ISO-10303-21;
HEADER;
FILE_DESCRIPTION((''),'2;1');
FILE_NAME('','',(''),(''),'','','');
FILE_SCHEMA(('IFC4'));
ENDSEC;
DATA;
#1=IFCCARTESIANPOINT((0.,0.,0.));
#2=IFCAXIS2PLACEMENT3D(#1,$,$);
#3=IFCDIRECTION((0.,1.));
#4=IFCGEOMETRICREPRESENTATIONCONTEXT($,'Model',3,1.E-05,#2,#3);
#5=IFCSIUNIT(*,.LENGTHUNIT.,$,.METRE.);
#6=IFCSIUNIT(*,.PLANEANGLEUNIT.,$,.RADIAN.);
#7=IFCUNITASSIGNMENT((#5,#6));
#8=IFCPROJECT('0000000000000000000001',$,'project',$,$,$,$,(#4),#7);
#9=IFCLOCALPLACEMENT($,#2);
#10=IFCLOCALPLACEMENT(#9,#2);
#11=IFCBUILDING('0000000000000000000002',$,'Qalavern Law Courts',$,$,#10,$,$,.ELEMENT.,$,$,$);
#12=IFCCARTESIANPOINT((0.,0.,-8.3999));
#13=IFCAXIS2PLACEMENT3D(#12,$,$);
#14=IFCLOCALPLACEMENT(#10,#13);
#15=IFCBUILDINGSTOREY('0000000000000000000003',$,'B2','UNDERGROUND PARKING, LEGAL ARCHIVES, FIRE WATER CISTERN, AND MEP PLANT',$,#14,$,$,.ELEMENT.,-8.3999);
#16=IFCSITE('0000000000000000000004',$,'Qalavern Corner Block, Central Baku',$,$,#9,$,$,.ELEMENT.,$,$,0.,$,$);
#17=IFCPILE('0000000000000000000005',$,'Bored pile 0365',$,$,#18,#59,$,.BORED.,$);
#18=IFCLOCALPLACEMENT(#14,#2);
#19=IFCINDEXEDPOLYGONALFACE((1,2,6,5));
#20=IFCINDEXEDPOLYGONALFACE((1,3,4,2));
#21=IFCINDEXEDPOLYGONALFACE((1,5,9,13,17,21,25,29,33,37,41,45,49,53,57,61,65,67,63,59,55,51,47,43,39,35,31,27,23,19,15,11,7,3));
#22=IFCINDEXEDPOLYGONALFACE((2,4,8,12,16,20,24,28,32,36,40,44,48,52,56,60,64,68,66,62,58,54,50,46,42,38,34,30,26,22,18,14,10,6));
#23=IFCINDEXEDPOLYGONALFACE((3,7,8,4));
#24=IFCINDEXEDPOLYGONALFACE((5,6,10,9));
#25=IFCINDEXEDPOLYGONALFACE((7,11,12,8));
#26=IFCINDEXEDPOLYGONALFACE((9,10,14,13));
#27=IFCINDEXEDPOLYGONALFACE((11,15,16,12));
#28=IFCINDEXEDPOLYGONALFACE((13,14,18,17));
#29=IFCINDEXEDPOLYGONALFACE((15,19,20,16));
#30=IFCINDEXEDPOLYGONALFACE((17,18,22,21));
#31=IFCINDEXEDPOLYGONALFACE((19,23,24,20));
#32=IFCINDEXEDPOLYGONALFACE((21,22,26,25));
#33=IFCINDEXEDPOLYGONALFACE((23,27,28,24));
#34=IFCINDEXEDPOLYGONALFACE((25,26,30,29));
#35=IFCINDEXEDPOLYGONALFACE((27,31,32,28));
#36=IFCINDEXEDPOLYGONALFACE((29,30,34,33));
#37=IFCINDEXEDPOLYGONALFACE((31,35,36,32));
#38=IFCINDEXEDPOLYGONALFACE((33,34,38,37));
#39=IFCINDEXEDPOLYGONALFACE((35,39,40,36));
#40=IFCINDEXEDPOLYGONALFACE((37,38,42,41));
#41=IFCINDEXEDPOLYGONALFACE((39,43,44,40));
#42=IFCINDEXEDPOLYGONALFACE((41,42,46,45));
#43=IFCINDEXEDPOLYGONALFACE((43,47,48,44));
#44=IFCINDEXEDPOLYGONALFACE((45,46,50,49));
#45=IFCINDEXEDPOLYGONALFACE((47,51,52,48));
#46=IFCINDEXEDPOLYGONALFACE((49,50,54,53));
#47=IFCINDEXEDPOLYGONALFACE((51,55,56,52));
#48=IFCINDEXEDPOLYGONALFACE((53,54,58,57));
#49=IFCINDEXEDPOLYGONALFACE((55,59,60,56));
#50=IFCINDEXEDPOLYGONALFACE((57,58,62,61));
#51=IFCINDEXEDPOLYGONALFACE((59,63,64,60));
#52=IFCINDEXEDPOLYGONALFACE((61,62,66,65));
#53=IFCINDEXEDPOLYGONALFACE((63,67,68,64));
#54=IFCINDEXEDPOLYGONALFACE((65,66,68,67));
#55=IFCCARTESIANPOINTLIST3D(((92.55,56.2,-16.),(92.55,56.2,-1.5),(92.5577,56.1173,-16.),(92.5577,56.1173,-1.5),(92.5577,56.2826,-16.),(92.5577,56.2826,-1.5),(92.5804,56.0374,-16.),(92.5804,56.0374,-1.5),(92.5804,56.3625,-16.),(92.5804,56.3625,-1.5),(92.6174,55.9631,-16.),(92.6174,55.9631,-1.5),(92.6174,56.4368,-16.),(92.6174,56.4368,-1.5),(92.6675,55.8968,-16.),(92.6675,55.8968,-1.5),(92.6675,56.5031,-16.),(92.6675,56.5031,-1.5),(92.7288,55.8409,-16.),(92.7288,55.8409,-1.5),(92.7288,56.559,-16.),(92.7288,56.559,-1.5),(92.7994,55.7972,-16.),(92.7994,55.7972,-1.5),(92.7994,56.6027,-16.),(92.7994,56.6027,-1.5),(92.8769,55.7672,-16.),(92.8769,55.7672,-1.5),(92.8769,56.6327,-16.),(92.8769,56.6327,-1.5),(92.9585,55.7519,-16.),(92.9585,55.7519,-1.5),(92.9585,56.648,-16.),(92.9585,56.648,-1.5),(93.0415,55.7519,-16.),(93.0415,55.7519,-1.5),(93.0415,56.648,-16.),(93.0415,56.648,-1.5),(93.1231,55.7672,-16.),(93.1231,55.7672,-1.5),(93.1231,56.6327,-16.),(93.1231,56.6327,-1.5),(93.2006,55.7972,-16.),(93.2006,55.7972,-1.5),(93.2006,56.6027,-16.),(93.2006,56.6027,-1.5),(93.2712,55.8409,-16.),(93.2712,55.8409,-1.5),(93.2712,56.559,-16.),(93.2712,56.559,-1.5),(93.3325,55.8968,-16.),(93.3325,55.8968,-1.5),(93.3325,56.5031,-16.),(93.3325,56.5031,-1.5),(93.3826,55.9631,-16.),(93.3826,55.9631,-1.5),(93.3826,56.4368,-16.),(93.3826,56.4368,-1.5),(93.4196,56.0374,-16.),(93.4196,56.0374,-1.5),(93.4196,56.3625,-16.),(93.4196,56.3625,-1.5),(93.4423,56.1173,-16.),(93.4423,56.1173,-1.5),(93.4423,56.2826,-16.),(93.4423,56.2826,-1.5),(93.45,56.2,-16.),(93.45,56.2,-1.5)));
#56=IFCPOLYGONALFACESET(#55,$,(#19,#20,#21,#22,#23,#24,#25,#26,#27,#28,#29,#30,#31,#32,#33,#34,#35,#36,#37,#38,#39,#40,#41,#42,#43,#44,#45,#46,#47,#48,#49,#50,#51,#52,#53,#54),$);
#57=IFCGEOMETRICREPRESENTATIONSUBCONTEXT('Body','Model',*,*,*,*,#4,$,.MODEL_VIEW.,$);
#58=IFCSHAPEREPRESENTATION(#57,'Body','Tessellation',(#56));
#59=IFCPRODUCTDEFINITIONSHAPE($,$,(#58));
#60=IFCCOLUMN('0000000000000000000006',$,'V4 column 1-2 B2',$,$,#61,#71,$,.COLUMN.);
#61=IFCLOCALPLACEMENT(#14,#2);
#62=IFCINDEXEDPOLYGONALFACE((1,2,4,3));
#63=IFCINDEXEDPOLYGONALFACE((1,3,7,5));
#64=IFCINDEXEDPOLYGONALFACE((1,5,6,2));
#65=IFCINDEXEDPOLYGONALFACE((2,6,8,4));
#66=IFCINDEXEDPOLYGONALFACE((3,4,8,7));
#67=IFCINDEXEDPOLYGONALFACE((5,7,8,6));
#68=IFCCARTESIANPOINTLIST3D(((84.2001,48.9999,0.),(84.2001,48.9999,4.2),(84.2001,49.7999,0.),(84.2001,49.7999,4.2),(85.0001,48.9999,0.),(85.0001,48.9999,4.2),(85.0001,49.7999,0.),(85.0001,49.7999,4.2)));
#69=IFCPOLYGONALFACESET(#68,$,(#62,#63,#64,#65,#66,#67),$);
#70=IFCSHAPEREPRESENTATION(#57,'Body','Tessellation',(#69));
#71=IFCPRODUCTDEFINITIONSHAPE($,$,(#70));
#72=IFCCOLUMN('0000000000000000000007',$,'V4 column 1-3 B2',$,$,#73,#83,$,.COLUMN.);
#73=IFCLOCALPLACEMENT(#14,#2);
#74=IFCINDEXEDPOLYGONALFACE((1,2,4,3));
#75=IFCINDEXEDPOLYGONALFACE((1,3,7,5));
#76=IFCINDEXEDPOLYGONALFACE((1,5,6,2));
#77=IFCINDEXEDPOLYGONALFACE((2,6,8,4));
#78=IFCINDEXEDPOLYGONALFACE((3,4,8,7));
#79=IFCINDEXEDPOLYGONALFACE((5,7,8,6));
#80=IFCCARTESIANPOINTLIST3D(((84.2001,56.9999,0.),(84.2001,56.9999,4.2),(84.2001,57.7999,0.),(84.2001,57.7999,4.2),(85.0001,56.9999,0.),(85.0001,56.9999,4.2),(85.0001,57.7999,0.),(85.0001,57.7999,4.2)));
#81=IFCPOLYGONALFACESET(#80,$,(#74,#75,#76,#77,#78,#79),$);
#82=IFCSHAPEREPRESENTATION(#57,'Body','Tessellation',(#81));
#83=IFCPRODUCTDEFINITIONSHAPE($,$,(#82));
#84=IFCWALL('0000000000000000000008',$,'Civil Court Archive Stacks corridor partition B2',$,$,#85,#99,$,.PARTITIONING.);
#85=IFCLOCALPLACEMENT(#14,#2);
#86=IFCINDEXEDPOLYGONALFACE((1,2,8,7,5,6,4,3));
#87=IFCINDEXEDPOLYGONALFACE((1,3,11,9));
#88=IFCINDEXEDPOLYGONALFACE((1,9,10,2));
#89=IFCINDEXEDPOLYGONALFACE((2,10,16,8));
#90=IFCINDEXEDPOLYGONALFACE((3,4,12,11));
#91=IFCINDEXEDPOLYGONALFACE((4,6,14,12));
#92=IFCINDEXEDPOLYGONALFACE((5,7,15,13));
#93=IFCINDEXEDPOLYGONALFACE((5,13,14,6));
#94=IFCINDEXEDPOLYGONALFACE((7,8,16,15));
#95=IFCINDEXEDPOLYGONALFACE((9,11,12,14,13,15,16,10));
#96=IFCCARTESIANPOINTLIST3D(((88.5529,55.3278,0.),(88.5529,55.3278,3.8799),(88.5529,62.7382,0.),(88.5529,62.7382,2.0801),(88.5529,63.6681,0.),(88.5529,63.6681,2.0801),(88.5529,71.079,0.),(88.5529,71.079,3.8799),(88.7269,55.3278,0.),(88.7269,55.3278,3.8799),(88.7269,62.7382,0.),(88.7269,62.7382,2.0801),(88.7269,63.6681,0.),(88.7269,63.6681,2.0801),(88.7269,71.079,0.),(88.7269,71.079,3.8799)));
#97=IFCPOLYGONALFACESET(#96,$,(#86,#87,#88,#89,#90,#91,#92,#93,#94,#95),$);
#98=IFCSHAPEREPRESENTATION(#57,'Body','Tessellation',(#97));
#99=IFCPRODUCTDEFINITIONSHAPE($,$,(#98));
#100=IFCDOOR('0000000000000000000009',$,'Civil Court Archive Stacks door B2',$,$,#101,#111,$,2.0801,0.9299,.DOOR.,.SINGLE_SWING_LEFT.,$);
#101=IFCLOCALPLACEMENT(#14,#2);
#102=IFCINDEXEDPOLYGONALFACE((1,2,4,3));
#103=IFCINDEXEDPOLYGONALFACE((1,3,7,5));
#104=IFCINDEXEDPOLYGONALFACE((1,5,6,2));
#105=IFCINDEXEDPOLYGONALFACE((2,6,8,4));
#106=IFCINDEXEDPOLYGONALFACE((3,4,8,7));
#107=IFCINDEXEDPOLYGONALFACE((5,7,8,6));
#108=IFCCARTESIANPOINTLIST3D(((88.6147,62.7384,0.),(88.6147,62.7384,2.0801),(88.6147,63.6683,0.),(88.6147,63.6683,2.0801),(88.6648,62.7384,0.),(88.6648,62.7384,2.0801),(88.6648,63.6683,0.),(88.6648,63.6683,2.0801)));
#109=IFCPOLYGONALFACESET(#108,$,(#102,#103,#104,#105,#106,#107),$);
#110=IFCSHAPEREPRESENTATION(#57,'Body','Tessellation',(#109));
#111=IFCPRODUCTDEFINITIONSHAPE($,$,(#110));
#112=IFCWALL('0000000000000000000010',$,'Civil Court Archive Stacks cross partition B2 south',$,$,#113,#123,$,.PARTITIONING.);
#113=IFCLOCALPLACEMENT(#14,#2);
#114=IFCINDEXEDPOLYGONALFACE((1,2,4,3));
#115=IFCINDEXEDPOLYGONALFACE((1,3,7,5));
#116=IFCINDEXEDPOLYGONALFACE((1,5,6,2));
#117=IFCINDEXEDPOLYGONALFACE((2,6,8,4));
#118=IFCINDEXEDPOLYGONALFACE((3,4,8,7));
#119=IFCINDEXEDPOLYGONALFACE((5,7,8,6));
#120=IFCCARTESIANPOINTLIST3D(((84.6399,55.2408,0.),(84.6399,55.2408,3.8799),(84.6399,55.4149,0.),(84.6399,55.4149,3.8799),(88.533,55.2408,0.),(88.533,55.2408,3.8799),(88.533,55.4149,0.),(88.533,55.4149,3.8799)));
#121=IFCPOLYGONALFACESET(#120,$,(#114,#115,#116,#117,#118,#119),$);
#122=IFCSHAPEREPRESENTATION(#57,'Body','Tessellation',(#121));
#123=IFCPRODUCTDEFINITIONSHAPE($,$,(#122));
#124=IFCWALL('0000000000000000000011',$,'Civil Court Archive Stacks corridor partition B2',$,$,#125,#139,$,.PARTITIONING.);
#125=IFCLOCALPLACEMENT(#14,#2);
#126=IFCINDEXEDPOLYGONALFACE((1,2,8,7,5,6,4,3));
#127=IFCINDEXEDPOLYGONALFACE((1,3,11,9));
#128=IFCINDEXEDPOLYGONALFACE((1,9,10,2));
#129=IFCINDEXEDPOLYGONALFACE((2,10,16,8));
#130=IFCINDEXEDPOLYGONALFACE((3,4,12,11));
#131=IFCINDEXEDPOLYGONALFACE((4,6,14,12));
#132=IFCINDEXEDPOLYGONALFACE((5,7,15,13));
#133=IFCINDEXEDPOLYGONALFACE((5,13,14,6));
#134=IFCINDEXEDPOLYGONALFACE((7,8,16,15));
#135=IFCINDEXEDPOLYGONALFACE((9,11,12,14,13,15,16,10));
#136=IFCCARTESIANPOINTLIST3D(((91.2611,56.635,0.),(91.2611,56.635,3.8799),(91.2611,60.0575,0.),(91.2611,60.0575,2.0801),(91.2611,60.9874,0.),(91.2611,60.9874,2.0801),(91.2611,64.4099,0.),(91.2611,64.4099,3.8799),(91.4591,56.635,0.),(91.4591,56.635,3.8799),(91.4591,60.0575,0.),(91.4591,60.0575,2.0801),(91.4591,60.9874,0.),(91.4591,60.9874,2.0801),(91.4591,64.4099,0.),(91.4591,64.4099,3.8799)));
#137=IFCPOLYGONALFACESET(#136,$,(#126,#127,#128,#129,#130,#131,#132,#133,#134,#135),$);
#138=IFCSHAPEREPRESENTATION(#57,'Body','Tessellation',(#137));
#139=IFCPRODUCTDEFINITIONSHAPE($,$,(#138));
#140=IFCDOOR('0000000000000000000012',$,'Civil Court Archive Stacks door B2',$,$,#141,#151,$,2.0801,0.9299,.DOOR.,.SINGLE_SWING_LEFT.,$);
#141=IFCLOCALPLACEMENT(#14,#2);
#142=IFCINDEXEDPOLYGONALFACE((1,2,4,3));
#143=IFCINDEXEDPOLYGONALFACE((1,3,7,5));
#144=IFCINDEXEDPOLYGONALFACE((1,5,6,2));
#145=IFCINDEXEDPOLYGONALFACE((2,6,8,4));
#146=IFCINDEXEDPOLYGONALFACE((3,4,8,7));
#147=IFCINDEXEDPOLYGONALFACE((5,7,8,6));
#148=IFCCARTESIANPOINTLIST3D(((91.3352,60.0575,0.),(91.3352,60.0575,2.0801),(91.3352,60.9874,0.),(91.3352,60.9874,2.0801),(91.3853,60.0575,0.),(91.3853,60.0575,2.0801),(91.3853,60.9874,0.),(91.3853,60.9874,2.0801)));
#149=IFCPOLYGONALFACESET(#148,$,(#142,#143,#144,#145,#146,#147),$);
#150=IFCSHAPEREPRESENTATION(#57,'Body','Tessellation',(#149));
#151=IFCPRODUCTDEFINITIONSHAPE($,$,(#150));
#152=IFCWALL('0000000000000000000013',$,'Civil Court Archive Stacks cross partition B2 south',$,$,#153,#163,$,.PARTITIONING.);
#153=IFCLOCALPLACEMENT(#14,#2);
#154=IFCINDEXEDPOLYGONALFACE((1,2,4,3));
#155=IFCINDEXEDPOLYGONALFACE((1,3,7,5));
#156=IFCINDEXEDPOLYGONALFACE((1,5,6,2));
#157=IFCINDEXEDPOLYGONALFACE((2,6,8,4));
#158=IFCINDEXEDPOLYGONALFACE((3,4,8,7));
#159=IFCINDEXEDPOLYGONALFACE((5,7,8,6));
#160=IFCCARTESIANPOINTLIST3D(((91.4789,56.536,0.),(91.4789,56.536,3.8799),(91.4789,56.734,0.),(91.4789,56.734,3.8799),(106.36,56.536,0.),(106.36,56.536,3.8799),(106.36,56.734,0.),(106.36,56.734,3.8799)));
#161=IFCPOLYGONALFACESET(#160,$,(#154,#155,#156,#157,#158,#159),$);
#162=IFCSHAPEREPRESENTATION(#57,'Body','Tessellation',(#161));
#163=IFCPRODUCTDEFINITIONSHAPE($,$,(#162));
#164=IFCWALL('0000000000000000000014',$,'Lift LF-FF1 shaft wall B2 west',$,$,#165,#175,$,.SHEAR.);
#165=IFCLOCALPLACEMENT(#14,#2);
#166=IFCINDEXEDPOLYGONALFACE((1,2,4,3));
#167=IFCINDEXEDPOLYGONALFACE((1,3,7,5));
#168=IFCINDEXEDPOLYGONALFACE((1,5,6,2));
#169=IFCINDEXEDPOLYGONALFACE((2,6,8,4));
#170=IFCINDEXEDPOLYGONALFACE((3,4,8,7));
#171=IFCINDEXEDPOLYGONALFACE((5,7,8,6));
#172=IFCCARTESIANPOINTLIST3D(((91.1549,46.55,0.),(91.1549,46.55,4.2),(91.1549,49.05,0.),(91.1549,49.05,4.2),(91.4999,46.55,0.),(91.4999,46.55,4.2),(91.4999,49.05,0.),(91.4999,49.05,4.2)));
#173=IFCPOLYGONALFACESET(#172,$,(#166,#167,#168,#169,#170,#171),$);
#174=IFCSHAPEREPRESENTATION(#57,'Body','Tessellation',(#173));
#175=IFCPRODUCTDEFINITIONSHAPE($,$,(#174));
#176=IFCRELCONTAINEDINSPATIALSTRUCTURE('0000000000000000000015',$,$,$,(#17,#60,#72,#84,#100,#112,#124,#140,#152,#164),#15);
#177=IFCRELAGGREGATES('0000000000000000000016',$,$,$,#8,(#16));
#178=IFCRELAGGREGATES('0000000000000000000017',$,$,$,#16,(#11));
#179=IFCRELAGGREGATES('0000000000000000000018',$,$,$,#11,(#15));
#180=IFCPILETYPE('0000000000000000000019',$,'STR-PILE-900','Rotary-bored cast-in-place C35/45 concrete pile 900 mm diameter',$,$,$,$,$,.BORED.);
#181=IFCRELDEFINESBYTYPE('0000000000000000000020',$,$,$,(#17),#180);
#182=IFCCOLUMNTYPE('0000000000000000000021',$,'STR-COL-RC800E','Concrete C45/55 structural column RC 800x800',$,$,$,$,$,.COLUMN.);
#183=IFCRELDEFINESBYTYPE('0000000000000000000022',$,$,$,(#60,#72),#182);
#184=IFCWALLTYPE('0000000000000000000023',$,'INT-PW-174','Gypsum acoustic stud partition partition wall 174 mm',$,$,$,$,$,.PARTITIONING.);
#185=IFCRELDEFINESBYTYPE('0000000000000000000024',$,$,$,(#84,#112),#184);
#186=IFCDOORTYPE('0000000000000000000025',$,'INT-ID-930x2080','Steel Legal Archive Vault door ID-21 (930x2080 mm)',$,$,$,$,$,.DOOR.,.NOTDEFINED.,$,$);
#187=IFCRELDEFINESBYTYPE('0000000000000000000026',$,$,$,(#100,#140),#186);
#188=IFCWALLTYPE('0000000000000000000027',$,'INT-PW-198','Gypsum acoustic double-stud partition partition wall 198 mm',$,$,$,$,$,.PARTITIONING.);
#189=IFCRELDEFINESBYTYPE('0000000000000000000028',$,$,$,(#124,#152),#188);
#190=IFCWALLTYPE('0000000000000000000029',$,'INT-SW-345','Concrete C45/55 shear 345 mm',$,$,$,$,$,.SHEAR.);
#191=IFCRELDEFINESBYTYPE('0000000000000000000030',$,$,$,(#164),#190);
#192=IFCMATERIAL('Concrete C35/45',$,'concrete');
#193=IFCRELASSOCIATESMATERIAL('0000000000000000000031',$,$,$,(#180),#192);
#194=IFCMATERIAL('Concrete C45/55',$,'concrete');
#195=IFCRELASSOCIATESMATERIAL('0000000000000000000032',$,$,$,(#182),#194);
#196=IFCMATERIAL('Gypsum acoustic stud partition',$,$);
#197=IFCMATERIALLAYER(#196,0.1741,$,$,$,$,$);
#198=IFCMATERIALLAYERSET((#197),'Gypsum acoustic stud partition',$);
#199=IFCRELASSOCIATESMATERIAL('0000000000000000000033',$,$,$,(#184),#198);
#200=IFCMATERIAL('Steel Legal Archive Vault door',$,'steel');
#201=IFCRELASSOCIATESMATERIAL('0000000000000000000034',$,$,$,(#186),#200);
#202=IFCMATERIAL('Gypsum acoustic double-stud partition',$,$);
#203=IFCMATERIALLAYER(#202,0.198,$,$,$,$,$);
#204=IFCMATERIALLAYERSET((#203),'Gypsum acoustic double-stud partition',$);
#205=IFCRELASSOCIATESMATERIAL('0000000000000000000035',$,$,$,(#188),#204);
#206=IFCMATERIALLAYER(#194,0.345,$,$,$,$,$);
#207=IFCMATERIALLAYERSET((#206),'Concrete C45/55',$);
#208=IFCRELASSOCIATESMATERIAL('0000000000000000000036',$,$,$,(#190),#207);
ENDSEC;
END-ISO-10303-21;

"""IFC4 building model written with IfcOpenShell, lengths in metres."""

from ifc_helpers import new_model, si_unit, direction, frame, frame_2d, origin, origin_2d, place, context, subcontext, project, spatial, rectangle, circle, extrude, material, layer, layer_set, material_profile, profile_set, type_object, element, fill, save


model = new_model("IFC4")

# Units and contexts
model_context = context("Model", 3, precision=1e-05, world=origin(), true_north=direction((0.0, 1.0)))
body_context = subcontext(model_context, "Body", "Model", "MODEL_VIEW")
ifc_project = project(units=[si_unit("LENGTHUNIT", "METRE"), si_unit("PLANEANGLEUNIT", "RADIAN")], contexts=[model_context])

# Site, building, storey
site_placement = place(None, origin())
site = spatial("IfcSite", under=ifc_project, at=site_placement, Name="Qalavern Corner Block, Central Baku", CompositionType="ELEMENT", RefElevation=0.0)
building_placement = place(site_placement, origin())
building = spatial("IfcBuilding", under=site, at=building_placement, Name="Qalavern Law Courts", CompositionType="ELEMENT")
storey_placement = place(building_placement, frame((0.0, 0.0, -8.3999)))
storey = spatial("IfcBuildingStorey", under=building, at=storey_placement, Name="B2", Description="UNDERGROUND PARKING, LEGAL ARCHIVES, FIRE WATER CISTERN, AND MEP PLANT", CompositionType="ELEMENT", Elevation=-8.3999)

# Shared definitions
ifc_material_1 = material(Name="Concrete C35/45", Category="concrete")

# Pile
ifc_material_profile_1 = material_profile(ifc_material_1, circle(Radius=0.45, at=origin_2d()), Name="BORED PILE 900")
ifc_profile_set_1 = profile_set([ifc_material_profile_1], Name="Concrete C35/45")
pile_type_1 = type_object("IfcPileType", Name="STR-PILE-900", Description="Rotary-bored cast-in-place C35/45 concrete pile 900 mm diameter", PredefinedType="BORED", material=ifc_profile_set_1)
for number, where, z_axis, x_axis, name in (
    (1, (93.0, 56.2, -1.5), (0.0, 0.0, -1.0), (1.0, 0.0, 0.0), "Bored pile 0365"),
):
    element("IfcPile", number, at=place(storey_placement, frame(where, z_axis=z_axis, x_axis=x_axis)), inside=storey, type_object=pile_type_1, Name=name, PredefinedType="BORED", context=body_context, shape_type="SweptSolid", body=[
        extrude(circle(Radius=0.45, at=origin_2d()), origin(), (0.0, 0.0, 1.0), 14.5),
    ])

# Columns
ifc_material_2 = material(Name="Concrete C45/55", Category="concrete")
ifc_material_profile_2 = material_profile(ifc_material_2, rectangle(XDim=0.8, YDim=0.8, at=origin_2d()), Name="RC 800x800")
ifc_profile_set_2 = profile_set([ifc_material_profile_2], Name="Concrete C45/55")
column_type = type_object("IfcColumnType", Name="STR-COL-RC800E", Description="Concrete C45/55 structural column RC 800x800", PredefinedType="COLUMN", material=ifc_profile_set_2)
for number, where, z_axis, x_axis, name in (
    (2, (84.6001, 49.3999, 0.0), (0.0, 0.0, 1.0), (1.0, 0.0, 0.0), "V4 column 1-2 B2"),
    (3, (84.6001, 57.3999, 0.0), (0.0, 0.0, 1.0), (1.0, 0.0, 0.0), "V4 column 1-3 B2"),
):
    element("IfcColumn", number, at=place(storey_placement, frame(where, z_axis=z_axis, x_axis=x_axis)), inside=storey, type_object=column_type, Name=name, PredefinedType="COLUMN", context=body_context, shape_type="SweptSolid", body=[
        extrude(rectangle(XDim=0.8, YDim=0.8, at=origin_2d()), origin(), (0.0, 0.0, 1.0), 4.2),
    ])

# Wall, opening, door
ifc_material_3 = material(Name="Gypsum acoustic stud partition")
ifc_layer_1 = layer(ifc_material_3, 0.1741)
ifc_layer_set_1 = layer_set([ifc_layer_1], Name="Gypsum acoustic stud partition")
wall_type_1 = type_object("IfcWallType", Name="INT-PW-174", Description="Gypsum acoustic stud partition partition wall 174 mm", PredefinedType="PARTITIONING", material=ifc_layer_set_1)
wall_1_placement = place(storey_placement, frame((88.6399, 55.3279, 0.0), z_axis=(0.0, 0.0, 1.0), x_axis=(0.0, 1.0, 0.0)))
wall_1 = element("IfcWall", 4, at=wall_1_placement, inside=storey, type_object=wall_type_1, Name="Civil Court Archive Stacks corridor partition B2", PredefinedType="PARTITIONING", context=body_context, shape_type="SweptSolid", body=[
    extrude(rectangle(XDim=15.7512, YDim=0.1741, at=frame_2d((7.8755, 0.0))), origin(), (0.0, 0.0, 1.0), 3.8799),
])
opening_1_placement = place(wall_1_placement, frame((7.4104, 0.0, 0.0)))
opening_1 = element("IfcOpeningElement", 5, at=opening_1_placement, cuts=wall_1, PredefinedType="OPENING", context=body_context, shape_type="SweptSolid", body=[
    extrude(rectangle(XDim=0.9299, YDim=2.0801, at=frame_2d((0.4648, 1.04))), frame((0.0, 0.1021, 0.0), z_axis=(0.0, -1.0, 0.0), x_axis=(1.0, 0.0, 0.0)), (0.0, 0.0, 1.0), 0.2039),
])
ifc_material_4 = material(Name="Steel Legal Archive Vault door", Category="steel")
door_type = type_object("IfcDoorType", Name="INT-ID-930x2080", Description="Steel Legal Archive Vault door ID-21 (930x2080 mm)", OperationType="NOTDEFINED", PredefinedType="DOOR", material=ifc_material_4)
door_1_placement = place(opening_1_placement, frame((0.9299, 0.0, 0.0), z_axis=(0.0, 0.0, 1.0), x_axis=(-1.0, 0.0, 0.0)))
door_1 = element("IfcDoor", 6, at=door_1_placement, inside=storey, type_object=door_type, Name="Civil Court Archive Stacks door B2", OperationType="SINGLE_SWING_LEFT", OverallHeight=2.0801, OverallWidth=0.9299, PredefinedType="DOOR", context=body_context, shape_type="SweptSolid", body=[
    extrude(rectangle(XDim=0.9299, YDim=2.0801, at=frame_2d((0.4648, 1.04))), frame((0.0, 0.0249, 0.0), z_axis=(0.0, -1.0, 0.0), x_axis=(1.0, 0.0, 0.0)), (0.0, 0.0, 1.0), 0.05),
])
fill(opening_1, door_1)

# Wall
wall_2_placement = place(storey_placement, frame((84.6399, 55.3279, 0.0), z_axis=(0.0, 0.0, 1.0), x_axis=(1.0, 0.0, 0.0)))
element("IfcWall", 7, at=wall_2_placement, inside=storey, type_object=wall_type_1, Name="Civil Court Archive Stacks cross partition B2 south", PredefinedType="PARTITIONING", context=body_context, shape_type="SweptSolid", body=[
    extrude(rectangle(XDim=3.8931, YDim=0.1741, at=frame_2d((1.9465, 0.0))), origin(), (0.0, 0.0, 1.0), 3.8799),
])

# Wall, opening, door
ifc_material_5 = material(Name="Gypsum acoustic double-stud partition")
ifc_layer_2 = layer(ifc_material_5, 0.198)
ifc_layer_set_2 = layer_set([ifc_layer_2], Name="Gypsum acoustic double-stud partition")
wall_type_2 = type_object("IfcWallType", Name="INT-PW-198", Description="Gypsum acoustic double-stud partition partition wall 198 mm", PredefinedType="PARTITIONING", material=ifc_layer_set_2)
wall_3_placement = place(storey_placement, frame((91.3601, 56.635, 0.0), z_axis=(0.0, 0.0, 1.0), x_axis=(0.0, 1.0, 0.0)))
wall_3 = element("IfcWall", 8, at=wall_3_placement, inside=storey, type_object=wall_type_2, Name="Civil Court Archive Stacks corridor partition B2", PredefinedType="PARTITIONING", context=body_context, shape_type="SweptSolid", body=[
    extrude(rectangle(XDim=7.7749, YDim=0.198, at=frame_2d((3.8875, 0.0))), origin(), (0.0, 0.0, 1.0), 3.8799),
])
opening_2_placement = place(wall_3_placement, frame((3.4226, 0.0, 0.0)))
opening_2 = element("IfcOpeningElement", 9, at=opening_2_placement, cuts=wall_3, PredefinedType="OPENING", context=body_context, shape_type="SweptSolid", body=[
    extrude(rectangle(XDim=0.9299, YDim=2.0801, at=frame_2d((0.4648, 1.04))), frame((0.0, 0.1138, 0.0), z_axis=(0.0, -1.0, 0.0), x_axis=(1.0, 0.0, 0.0)), (0.0, 0.0, 1.0), 0.2278),
])
door_2_placement = place(opening_2_placement, origin())
door_2 = element("IfcDoor", 10, at=door_2_placement, inside=storey, type_object=door_type, Name="Civil Court Archive Stacks door B2", OperationType="SINGLE_SWING_LEFT", OverallHeight=2.0801, OverallWidth=0.9299, PredefinedType="DOOR", context=body_context, shape_type="SweptSolid", body=[
    extrude(rectangle(XDim=0.9299, YDim=2.0801, at=frame_2d((0.4648, 1.04))), frame((0.0, 0.0249, 0.0), z_axis=(0.0, -1.0, 0.0), x_axis=(1.0, 0.0, 0.0)), (0.0, 0.0, 1.0), 0.05),
])
fill(opening_2, door_2)

# Walls
wall_4_placement = place(storey_placement, frame((91.479, 56.635, 0.0), z_axis=(0.0, 0.0, 1.0), x_axis=(1.0, 0.0, 0.0)))
element("IfcWall", 11, at=wall_4_placement, inside=storey, type_object=wall_type_2, Name="Civil Court Archive Stacks cross partition B2 south", PredefinedType="PARTITIONING", context=body_context, shape_type="SweptSolid", body=[
    extrude(rectangle(XDim=14.8811, YDim=0.198, at=frame_2d((7.4404, 0.0))), origin(), (0.0, 0.0, 1.0), 3.8799),
])
ifc_layer_3 = layer(ifc_material_2, 0.345)
ifc_layer_set_3 = layer_set([ifc_layer_3], Name="Concrete C45/55")
wall_type_3 = type_object("IfcWallType", Name="INT-SW-345", Description="Concrete C45/55 shear 345 mm", PredefinedType="SHEAR", material=ifc_layer_set_3)
wall_5_placement = place(storey_placement, frame((91.3274, 49.05, 0.0), z_axis=(0.0, 0.0, 1.0), x_axis=(0.0, -1.0, 0.0)))
element("IfcWall", 12, at=wall_5_placement, inside=storey, type_object=wall_type_3, Name="Lift LF-FF1 shaft wall B2 west", PredefinedType="SHEAR", context=body_context, shape_type="SweptSolid", body=[
    extrude(rectangle(XDim=2.5, YDim=0.345, at=frame_2d((1.25, 0.0))), origin(), (0.0, 0.0, 1.0), 4.2),
])

save(model, "model.ifc")
